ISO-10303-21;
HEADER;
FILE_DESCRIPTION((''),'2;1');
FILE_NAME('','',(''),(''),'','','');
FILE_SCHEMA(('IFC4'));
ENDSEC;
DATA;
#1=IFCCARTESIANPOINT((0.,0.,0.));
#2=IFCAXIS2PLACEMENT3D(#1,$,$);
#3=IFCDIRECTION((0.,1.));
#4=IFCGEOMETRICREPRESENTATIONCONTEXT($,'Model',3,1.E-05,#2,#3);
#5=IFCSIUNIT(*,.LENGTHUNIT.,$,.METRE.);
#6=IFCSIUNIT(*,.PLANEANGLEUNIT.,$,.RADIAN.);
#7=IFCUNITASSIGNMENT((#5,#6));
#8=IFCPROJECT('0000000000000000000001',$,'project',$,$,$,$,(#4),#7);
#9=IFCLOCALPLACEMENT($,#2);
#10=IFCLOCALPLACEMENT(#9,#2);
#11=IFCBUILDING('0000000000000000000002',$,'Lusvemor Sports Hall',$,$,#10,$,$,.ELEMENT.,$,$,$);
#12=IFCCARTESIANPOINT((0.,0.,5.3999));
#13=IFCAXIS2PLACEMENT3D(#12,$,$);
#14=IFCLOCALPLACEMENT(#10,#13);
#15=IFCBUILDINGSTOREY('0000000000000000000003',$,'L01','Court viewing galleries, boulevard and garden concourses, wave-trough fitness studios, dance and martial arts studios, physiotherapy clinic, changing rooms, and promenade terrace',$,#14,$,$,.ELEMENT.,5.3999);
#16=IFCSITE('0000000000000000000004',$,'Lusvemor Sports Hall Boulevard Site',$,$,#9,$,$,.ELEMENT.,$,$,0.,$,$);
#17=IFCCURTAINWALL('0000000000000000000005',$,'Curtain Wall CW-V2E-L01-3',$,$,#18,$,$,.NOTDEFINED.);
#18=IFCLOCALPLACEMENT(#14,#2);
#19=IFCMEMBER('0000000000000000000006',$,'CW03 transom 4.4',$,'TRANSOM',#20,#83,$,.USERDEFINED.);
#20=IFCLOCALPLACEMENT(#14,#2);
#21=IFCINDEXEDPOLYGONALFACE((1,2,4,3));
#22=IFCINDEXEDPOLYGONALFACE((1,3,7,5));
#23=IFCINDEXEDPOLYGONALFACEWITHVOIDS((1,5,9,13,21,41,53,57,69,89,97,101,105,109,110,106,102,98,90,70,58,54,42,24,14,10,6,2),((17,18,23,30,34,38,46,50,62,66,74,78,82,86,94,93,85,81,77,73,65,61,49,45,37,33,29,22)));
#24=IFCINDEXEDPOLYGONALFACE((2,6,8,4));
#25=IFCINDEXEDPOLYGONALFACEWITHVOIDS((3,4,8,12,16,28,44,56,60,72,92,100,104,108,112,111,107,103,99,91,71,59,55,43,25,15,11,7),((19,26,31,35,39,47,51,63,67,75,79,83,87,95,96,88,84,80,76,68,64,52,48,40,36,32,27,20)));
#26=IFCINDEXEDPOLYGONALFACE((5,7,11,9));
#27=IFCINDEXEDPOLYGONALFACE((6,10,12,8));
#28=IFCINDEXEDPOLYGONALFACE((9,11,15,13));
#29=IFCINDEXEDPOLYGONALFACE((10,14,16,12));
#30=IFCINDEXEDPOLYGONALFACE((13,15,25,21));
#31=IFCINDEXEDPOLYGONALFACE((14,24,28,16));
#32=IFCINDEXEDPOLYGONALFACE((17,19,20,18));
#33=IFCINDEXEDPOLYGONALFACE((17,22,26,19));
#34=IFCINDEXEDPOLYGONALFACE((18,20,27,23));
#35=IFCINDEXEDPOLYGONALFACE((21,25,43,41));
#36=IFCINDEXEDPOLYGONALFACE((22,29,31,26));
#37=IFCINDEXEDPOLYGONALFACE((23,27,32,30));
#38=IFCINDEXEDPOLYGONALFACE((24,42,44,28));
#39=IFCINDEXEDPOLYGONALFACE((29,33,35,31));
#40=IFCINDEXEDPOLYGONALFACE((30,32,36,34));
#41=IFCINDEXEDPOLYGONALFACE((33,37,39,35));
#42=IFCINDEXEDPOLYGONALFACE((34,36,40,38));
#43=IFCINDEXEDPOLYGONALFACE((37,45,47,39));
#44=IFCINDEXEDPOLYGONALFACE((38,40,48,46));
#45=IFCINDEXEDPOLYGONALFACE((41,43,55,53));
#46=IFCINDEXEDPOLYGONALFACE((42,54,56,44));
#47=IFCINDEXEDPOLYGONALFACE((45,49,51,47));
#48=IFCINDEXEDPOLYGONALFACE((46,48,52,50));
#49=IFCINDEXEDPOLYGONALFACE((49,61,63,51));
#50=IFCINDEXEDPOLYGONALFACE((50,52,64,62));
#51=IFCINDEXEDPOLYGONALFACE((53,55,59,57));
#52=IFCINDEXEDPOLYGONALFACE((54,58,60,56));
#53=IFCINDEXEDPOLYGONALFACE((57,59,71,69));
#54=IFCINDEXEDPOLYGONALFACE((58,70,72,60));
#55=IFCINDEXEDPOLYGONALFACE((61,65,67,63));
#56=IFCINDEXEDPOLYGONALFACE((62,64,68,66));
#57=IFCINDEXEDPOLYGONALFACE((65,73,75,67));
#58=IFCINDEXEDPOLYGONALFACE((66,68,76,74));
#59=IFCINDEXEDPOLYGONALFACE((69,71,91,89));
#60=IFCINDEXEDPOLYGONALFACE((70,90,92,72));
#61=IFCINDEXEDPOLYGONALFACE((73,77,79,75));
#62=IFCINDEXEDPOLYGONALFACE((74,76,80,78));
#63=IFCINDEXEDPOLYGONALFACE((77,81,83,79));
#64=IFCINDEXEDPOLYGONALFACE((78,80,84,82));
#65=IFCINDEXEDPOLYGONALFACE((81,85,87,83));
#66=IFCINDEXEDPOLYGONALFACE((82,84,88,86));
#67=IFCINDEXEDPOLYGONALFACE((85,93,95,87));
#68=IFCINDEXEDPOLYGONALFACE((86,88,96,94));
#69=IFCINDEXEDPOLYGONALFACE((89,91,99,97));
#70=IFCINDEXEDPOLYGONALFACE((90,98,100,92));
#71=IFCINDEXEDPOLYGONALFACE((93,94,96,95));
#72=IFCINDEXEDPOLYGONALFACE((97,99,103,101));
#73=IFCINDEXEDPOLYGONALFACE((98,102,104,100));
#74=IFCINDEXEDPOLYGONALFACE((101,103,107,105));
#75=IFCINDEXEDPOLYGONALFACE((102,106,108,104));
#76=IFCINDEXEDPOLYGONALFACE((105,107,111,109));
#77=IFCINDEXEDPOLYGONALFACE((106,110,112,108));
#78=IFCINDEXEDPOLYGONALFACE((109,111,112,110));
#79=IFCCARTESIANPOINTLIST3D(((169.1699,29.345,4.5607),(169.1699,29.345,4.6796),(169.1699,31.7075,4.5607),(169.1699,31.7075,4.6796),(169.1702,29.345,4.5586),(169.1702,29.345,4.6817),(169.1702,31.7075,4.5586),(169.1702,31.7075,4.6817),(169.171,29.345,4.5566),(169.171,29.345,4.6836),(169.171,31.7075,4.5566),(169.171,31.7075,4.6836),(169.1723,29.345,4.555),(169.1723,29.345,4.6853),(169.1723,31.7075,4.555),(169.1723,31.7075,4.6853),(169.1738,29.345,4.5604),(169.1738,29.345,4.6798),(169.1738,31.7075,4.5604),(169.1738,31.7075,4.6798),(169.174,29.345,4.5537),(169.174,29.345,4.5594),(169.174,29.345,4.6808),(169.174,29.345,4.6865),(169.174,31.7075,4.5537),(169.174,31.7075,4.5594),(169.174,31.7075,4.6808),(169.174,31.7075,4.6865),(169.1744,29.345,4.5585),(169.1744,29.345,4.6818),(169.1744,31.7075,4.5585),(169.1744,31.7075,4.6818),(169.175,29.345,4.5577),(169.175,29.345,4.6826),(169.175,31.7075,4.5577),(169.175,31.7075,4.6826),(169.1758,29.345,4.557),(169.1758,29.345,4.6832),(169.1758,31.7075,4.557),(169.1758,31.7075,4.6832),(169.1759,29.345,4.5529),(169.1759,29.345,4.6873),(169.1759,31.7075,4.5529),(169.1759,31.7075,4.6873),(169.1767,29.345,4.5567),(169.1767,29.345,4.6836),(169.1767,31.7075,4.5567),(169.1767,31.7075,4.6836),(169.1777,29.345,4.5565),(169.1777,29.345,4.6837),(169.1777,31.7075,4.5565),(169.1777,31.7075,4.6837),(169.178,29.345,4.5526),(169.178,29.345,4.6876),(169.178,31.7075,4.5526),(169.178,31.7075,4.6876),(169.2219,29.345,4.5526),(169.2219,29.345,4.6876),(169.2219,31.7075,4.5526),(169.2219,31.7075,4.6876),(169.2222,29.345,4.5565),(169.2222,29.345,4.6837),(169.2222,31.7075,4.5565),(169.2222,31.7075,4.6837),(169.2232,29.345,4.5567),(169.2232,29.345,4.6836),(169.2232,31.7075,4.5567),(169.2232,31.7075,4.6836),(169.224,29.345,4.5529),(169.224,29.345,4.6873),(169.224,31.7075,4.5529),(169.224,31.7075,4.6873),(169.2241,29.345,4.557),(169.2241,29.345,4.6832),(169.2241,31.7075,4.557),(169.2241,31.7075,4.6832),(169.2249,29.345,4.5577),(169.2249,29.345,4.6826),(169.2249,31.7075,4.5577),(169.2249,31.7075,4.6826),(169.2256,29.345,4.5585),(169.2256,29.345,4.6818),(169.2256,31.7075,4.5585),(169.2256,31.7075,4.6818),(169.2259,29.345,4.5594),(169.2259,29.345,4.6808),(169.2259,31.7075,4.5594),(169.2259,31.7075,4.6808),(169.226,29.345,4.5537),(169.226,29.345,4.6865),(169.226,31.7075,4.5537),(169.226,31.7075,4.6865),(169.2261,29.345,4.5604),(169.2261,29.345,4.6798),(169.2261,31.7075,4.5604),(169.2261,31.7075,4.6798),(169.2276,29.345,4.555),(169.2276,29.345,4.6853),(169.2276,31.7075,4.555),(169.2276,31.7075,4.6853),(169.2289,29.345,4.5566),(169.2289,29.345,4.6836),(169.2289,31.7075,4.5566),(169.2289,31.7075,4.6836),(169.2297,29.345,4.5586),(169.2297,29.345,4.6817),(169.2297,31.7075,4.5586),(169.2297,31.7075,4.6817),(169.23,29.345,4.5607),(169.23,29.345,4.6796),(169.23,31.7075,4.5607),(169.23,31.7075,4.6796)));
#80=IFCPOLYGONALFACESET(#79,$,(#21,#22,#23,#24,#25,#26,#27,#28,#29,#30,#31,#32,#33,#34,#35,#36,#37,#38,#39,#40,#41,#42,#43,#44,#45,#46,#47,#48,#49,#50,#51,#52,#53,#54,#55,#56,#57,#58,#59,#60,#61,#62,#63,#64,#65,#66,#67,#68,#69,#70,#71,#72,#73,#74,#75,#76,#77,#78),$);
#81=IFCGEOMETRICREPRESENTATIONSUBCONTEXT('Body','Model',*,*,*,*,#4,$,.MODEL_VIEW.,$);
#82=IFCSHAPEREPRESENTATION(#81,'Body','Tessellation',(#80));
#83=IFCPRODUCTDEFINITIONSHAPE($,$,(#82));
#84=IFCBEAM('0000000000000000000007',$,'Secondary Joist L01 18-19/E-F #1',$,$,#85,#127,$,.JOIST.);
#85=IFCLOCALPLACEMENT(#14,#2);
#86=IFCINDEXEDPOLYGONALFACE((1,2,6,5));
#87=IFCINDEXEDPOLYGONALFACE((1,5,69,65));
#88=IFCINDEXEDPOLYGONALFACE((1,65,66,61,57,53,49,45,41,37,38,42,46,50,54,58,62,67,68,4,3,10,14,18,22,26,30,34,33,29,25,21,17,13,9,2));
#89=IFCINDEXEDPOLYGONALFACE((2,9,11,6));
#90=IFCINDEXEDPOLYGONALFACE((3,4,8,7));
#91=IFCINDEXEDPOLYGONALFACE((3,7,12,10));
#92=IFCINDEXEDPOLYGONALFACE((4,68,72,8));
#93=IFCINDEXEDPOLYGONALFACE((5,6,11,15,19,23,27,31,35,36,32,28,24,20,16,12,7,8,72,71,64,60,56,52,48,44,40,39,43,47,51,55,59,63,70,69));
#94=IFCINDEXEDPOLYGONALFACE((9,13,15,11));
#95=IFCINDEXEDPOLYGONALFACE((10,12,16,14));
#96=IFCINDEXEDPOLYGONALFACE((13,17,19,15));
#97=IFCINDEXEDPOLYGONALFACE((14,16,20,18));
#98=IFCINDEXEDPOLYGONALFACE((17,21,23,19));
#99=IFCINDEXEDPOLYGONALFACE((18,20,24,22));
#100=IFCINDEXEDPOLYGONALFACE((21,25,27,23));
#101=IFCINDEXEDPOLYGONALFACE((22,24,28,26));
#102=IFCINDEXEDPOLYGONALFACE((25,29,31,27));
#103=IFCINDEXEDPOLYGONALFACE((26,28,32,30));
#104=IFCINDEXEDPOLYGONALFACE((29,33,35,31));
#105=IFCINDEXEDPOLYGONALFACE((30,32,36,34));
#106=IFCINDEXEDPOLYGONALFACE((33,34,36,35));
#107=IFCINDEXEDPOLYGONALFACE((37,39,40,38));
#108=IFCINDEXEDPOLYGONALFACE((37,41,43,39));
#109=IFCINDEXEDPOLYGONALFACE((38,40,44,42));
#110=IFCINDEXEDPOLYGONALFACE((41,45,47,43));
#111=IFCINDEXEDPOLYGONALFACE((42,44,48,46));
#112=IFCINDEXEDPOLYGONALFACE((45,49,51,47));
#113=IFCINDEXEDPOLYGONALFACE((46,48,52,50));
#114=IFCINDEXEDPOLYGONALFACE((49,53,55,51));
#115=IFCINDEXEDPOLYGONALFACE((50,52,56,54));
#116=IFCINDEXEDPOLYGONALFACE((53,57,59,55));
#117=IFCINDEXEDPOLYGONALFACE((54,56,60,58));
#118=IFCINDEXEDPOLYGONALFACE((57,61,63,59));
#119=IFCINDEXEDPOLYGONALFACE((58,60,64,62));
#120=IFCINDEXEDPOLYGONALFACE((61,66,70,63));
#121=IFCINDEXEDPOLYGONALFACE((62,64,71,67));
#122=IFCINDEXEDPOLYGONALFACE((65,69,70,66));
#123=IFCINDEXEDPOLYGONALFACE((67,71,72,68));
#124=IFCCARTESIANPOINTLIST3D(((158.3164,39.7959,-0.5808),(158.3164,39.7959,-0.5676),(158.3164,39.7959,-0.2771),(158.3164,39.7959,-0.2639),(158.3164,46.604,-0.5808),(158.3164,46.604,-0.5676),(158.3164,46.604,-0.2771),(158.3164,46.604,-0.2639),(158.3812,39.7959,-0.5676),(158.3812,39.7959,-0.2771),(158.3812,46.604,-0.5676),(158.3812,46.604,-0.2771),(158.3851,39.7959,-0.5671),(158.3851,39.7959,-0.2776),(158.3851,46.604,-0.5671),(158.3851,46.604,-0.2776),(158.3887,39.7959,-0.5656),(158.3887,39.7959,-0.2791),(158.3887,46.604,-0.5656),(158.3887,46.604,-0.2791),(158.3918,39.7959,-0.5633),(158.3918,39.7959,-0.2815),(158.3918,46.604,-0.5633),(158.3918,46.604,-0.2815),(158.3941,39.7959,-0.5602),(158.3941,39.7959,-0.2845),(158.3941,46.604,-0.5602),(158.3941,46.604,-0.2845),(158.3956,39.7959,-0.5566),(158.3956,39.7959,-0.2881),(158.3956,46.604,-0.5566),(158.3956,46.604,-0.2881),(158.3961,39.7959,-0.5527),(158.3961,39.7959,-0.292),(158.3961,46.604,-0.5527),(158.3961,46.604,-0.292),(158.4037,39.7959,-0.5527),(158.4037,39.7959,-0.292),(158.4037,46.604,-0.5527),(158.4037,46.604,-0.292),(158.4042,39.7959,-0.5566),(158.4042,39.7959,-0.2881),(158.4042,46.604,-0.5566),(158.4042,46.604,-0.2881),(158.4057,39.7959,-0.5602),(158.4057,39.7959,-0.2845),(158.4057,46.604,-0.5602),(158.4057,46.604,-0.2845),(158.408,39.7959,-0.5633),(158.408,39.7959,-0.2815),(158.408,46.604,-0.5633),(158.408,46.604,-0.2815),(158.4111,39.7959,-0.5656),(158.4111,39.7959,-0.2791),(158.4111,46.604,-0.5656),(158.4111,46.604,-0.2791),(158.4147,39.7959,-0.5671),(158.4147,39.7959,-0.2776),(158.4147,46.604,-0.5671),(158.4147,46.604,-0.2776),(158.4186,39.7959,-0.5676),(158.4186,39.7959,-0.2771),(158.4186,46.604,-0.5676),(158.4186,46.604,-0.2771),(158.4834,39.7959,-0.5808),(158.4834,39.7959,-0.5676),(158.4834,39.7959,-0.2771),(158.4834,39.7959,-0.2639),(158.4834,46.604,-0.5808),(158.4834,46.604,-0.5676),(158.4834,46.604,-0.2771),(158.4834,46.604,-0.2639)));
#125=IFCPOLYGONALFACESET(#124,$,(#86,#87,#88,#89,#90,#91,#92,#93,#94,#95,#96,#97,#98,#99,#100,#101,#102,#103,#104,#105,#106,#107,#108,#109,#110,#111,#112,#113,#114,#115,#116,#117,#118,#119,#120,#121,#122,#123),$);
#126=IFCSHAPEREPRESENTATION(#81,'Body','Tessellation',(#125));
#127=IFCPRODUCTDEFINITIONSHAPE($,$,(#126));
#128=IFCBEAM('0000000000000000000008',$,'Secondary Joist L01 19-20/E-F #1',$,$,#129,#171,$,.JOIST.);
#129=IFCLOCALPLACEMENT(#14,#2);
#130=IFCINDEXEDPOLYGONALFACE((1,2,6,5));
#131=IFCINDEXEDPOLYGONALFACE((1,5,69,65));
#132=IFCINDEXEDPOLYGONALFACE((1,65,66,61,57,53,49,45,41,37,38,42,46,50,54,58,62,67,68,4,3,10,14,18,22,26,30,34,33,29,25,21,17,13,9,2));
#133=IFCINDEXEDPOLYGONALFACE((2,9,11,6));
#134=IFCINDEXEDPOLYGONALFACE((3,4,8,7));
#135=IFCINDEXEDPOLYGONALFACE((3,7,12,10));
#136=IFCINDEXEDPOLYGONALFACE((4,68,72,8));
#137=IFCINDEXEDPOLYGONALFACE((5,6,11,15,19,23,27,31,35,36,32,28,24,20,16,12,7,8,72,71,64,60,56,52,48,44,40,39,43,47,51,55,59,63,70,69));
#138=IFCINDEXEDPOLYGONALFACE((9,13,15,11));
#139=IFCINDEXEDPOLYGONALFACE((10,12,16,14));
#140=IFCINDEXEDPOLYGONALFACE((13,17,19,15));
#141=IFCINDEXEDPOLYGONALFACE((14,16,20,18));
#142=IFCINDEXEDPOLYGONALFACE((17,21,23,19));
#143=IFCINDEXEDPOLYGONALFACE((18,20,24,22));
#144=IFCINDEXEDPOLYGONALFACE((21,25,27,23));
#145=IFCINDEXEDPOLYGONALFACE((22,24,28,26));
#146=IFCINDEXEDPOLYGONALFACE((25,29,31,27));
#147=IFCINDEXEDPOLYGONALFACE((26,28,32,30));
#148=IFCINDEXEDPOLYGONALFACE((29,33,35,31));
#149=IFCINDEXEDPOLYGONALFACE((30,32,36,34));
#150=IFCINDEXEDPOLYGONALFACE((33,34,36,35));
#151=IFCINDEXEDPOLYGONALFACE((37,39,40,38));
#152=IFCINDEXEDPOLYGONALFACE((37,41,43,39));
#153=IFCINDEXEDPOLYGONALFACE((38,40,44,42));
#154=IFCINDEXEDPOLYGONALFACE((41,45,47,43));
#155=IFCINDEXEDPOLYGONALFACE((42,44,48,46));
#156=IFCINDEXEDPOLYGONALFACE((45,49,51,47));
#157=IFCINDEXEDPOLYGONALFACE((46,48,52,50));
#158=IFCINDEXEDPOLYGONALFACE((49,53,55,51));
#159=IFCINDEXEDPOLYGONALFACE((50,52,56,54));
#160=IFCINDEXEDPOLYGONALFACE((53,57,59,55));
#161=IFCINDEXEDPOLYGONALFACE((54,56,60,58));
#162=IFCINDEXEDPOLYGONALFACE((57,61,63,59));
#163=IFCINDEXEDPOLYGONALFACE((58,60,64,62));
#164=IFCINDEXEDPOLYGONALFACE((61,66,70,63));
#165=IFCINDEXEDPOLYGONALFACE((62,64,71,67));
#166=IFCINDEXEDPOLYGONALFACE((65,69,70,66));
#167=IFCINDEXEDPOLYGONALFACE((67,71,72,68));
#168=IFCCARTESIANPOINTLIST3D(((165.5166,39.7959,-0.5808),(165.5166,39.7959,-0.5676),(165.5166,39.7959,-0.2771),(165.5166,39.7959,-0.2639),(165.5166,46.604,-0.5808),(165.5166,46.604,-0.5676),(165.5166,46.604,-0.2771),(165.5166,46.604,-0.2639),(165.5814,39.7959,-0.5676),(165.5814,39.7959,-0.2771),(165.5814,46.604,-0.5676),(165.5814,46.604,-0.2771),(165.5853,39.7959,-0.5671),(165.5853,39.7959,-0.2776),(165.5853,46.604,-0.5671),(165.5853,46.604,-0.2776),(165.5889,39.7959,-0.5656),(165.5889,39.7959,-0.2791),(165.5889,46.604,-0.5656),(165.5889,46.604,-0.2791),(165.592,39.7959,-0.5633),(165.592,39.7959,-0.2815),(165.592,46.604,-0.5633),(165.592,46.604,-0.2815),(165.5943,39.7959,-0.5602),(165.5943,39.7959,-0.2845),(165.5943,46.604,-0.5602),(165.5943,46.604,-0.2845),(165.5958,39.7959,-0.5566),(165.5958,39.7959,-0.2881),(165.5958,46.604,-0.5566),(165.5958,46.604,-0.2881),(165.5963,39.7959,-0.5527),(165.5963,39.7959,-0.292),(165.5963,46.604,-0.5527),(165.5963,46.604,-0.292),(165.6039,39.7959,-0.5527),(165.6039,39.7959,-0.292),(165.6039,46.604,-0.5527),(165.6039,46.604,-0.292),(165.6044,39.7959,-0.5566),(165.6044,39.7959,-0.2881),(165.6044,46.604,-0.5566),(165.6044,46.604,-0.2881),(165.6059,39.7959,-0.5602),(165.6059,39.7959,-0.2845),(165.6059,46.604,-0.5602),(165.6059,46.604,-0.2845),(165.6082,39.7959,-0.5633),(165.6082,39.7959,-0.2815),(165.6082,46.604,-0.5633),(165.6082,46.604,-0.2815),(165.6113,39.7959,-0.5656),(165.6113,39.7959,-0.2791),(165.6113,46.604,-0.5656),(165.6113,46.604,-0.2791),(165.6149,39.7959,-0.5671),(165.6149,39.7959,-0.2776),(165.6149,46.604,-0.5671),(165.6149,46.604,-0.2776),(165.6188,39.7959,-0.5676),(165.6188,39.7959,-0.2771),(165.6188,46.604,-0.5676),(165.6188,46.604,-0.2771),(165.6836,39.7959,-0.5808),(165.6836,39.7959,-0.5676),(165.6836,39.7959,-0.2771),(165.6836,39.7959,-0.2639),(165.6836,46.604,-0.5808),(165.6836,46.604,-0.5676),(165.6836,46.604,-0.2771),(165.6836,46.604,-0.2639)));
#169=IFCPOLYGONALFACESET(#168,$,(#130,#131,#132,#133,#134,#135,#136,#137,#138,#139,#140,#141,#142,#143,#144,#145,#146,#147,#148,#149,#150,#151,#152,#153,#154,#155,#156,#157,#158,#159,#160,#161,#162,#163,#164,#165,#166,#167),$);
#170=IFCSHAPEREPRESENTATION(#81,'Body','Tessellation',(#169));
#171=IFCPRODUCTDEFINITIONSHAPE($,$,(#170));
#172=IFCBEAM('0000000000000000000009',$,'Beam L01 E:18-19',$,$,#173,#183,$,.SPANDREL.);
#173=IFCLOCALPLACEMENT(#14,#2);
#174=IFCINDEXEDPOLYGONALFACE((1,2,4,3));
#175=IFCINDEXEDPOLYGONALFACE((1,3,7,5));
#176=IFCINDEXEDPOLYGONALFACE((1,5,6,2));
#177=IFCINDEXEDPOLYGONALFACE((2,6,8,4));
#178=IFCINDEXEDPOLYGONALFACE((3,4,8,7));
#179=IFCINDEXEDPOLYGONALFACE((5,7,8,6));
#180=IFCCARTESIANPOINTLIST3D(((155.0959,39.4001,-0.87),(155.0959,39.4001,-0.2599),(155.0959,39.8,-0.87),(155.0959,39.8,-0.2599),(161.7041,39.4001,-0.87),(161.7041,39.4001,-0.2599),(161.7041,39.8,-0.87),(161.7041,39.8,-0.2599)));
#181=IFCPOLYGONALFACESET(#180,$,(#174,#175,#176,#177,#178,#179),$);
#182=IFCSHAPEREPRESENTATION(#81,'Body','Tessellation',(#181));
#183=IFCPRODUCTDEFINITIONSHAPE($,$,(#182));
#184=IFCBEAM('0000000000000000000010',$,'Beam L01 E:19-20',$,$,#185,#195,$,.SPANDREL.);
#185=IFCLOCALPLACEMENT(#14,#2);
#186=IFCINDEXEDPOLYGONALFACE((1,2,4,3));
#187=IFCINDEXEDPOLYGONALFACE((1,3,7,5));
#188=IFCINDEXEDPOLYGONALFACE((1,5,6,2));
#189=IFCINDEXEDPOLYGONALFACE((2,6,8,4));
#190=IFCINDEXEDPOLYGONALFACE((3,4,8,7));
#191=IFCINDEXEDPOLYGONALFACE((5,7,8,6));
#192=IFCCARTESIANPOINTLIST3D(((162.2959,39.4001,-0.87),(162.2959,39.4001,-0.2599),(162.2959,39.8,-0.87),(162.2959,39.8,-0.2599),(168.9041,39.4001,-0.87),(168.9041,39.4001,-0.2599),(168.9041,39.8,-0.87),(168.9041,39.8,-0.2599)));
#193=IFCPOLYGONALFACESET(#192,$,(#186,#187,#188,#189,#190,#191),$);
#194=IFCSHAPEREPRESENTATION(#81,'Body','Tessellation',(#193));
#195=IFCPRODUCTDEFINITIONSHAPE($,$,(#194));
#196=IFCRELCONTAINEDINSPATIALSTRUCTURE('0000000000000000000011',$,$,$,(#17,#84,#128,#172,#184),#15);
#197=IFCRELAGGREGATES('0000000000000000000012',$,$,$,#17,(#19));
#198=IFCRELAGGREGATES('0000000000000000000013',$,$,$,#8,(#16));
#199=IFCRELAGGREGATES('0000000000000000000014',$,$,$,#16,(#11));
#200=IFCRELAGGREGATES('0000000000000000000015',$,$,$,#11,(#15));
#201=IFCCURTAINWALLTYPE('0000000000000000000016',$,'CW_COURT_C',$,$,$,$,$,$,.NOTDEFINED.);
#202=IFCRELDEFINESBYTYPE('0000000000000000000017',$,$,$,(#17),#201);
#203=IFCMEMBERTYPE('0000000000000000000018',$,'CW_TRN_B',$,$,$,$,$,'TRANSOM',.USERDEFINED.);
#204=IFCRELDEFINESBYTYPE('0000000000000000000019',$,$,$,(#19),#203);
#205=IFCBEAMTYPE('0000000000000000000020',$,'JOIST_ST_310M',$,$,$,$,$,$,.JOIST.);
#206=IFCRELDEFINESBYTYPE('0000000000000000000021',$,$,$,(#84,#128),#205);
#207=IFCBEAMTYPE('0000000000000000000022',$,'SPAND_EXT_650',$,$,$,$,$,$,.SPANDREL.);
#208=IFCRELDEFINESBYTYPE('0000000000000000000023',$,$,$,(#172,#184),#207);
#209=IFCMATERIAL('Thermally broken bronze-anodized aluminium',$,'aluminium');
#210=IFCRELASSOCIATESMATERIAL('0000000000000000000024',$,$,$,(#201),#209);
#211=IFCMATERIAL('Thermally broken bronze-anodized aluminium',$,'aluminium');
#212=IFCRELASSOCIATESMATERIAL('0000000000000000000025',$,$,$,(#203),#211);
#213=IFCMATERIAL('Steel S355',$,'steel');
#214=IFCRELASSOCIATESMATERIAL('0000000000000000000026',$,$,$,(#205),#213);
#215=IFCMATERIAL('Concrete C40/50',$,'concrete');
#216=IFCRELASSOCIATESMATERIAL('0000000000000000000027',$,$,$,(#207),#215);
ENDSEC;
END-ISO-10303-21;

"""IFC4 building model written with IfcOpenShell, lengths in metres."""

from ifc_helpers import new_model, si_unit, direction, frame, origin, origin_2d, place, context, subcontext, project, spatial, rectangle, hollow_rectangle, i_section, extrude, material, material_profile, profile_set, type_object, element, aggregate, save


model = new_model("IFC4")

# Units and contexts
model_context = context("Model", 3, precision=1e-05, world=origin(), true_north=direction((0.0, 1.0)))
body_context = subcontext(model_context, "Body", "Model", "MODEL_VIEW")
ifc_project = project(units=[si_unit("LENGTHUNIT", "METRE"), si_unit("PLANEANGLEUNIT", "RADIAN")], contexts=[model_context])

# Site, building, storey
site_placement = place(None, origin())
site = spatial("IfcSite", under=ifc_project, at=site_placement, Name="Lusvemor Sports Hall Boulevard Site", CompositionType="ELEMENT", RefElevation=0.0)
building_placement = place(site_placement, origin())
building = spatial("IfcBuilding", under=site, at=building_placement, Name="Lusvemor Sports Hall", CompositionType="ELEMENT")
storey_placement = place(building_placement, frame((0.0, 0.0, 5.3999)))
storey = spatial("IfcBuildingStorey", under=building, at=storey_placement, Name="L01", Description="Court viewing galleries, boulevard and garden concourses, wave-trough fitness studios, dance and martial arts studios, physiotherapy clinic, changing rooms, and promenade terrace", CompositionType="ELEMENT", Elevation=5.3999)

# Shared definitions
ifc_material_1 = material(Name="Thermally broken bronze-anodized aluminium", Category="aluminium")
curtain_wall_type = type_object("IfcCurtainWallType", Name="CW_COURT_C", PredefinedType="NOTDEFINED", material=ifc_material_1)

# Curtain wall, member
curtain_wall_1_placement = place(storey_placement, origin())
curtain_wall_1 = element("IfcCurtainWall", 1, at=curtain_wall_1_placement, inside=storey, type_object=curtain_wall_type, Name="Curtain Wall CW-V2E-L01-3", PredefinedType="NOTDEFINED")
ifc_material_2 = material(Name="Thermally broken bronze-anodized aluminium", Category="aluminium")
ifc_material_profile_1 = material_profile(ifc_material_2, hollow_rectangle(XDim=0.0601, YDim=0.135, WallThickness=0.0039, InnerFilletRadius=0.0039, OuterFilletRadius=0.0081, at=origin_2d()), Name="CWTRN135x60x4")
ifc_profile_set_1 = profile_set([ifc_material_profile_1], Name="Thermally broken bronze-anodized aluminium")
member_type_1 = type_object("IfcMemberType", Name="CW_TRN_B", ElementType="TRANSOM", PredefinedType="USERDEFINED", material=ifc_profile_set_1)
member_1_placement = place(storey_placement, frame((169.2, 31.7075, 4.6201), z_axis=(0.0, -1.0, 0.0), x_axis=(1.0, 0.0, 0.0)))
member_1 = element("IfcMember", 2, at=member_1_placement, type_object=member_type_1, Name="CW03 transom 4.4", ObjectType="TRANSOM", PredefinedType="USERDEFINED", context=body_context, shape_type="SweptSolid", body=[
    extrude(hollow_rectangle(XDim=0.0601, YDim=0.135, WallThickness=0.0039, InnerFilletRadius=0.0039, OuterFilletRadius=0.0081, at=origin_2d()), origin(), (0.0, 0.0, 1.0), 2.3625),
])

# Beams
ifc_material_3 = material(Name="Steel S355", Category="steel")
ifc_material_profile_2 = material_profile(ifc_material_3, i_section(OverallWidth=0.167, OverallDepth=0.3169, WebThickness=0.0076, FlangeThickness=0.0132, FilletRadius=0.0149, at=origin_2d()), Name="W310x52.0")
ifc_profile_set_2 = profile_set([ifc_material_profile_2], Name="Steel S355")
beam_type_1 = type_object("IfcBeamType", Name="JOIST_ST_310M", PredefinedType="JOIST", material=ifc_profile_set_2)
for number, where, z_axis, x_axis, name in (
    (3, (158.3999, 39.7959, -0.4224), (0.0, 1.0, 0.0), (-1.0, 0.0, 0.0), "Secondary Joist L01 18-19/E-F #1"),
    (4, (165.6001, 39.7959, -0.4224), (0.0, 1.0, 0.0), (-1.0, 0.0, 0.0), "Secondary Joist L01 19-20/E-F #1"),
):
    element("IfcBeam", number, at=place(storey_placement, frame(where, z_axis=z_axis, x_axis=x_axis)), inside=storey, type_object=beam_type_1, Name=name, PredefinedType="JOIST", context=body_context, shape_type="SweptSolid", body=[
        extrude(i_section(OverallWidth=0.167, OverallDepth=0.3169, WebThickness=0.0076, FlangeThickness=0.0132, FilletRadius=0.0149, at=origin_2d()), origin(), (0.0, 0.0, 1.0), 6.8081),
    ])
ifc_material_4 = material(Name="Concrete C40/50", Category="concrete")
ifc_material_profile_3 = material_profile(ifc_material_4, rectangle(XDim=0.3999, YDim=0.6101, at=origin_2d()), Name="RC400x610")
ifc_profile_set_3 = profile_set([ifc_material_profile_3], Name="Concrete C40/50")
beam_type_2 = type_object("IfcBeamType", Name="SPAND_EXT_650", PredefinedType="SPANDREL", material=ifc_profile_set_3)
for number, where, z_axis, x_axis, name in (
    (5, (155.0959, 39.6001, -0.5649), (1.0, 0.0, 0.0), (0.0, 1.0, 0.0), "Beam L01 E:18-19"),
    (6, (162.2959, 39.6001, -0.5649), (1.0, 0.0, 0.0), (0.0, 1.0, 0.0), "Beam L01 E:19-20"),
):
    element("IfcBeam", number, at=place(storey_placement, frame(where, z_axis=z_axis, x_axis=x_axis)), inside=storey, type_object=beam_type_2, Name=name, PredefinedType="SPANDREL", context=body_context, shape_type="SweptSolid", body=[
        extrude(rectangle(XDim=0.3999, YDim=0.6101, at=origin_2d()), origin(), (0.0, 0.0, 1.0), 6.6082),
    ])

aggregate(curtain_wall_1, [member_1])

save(model, "model.ifc")
